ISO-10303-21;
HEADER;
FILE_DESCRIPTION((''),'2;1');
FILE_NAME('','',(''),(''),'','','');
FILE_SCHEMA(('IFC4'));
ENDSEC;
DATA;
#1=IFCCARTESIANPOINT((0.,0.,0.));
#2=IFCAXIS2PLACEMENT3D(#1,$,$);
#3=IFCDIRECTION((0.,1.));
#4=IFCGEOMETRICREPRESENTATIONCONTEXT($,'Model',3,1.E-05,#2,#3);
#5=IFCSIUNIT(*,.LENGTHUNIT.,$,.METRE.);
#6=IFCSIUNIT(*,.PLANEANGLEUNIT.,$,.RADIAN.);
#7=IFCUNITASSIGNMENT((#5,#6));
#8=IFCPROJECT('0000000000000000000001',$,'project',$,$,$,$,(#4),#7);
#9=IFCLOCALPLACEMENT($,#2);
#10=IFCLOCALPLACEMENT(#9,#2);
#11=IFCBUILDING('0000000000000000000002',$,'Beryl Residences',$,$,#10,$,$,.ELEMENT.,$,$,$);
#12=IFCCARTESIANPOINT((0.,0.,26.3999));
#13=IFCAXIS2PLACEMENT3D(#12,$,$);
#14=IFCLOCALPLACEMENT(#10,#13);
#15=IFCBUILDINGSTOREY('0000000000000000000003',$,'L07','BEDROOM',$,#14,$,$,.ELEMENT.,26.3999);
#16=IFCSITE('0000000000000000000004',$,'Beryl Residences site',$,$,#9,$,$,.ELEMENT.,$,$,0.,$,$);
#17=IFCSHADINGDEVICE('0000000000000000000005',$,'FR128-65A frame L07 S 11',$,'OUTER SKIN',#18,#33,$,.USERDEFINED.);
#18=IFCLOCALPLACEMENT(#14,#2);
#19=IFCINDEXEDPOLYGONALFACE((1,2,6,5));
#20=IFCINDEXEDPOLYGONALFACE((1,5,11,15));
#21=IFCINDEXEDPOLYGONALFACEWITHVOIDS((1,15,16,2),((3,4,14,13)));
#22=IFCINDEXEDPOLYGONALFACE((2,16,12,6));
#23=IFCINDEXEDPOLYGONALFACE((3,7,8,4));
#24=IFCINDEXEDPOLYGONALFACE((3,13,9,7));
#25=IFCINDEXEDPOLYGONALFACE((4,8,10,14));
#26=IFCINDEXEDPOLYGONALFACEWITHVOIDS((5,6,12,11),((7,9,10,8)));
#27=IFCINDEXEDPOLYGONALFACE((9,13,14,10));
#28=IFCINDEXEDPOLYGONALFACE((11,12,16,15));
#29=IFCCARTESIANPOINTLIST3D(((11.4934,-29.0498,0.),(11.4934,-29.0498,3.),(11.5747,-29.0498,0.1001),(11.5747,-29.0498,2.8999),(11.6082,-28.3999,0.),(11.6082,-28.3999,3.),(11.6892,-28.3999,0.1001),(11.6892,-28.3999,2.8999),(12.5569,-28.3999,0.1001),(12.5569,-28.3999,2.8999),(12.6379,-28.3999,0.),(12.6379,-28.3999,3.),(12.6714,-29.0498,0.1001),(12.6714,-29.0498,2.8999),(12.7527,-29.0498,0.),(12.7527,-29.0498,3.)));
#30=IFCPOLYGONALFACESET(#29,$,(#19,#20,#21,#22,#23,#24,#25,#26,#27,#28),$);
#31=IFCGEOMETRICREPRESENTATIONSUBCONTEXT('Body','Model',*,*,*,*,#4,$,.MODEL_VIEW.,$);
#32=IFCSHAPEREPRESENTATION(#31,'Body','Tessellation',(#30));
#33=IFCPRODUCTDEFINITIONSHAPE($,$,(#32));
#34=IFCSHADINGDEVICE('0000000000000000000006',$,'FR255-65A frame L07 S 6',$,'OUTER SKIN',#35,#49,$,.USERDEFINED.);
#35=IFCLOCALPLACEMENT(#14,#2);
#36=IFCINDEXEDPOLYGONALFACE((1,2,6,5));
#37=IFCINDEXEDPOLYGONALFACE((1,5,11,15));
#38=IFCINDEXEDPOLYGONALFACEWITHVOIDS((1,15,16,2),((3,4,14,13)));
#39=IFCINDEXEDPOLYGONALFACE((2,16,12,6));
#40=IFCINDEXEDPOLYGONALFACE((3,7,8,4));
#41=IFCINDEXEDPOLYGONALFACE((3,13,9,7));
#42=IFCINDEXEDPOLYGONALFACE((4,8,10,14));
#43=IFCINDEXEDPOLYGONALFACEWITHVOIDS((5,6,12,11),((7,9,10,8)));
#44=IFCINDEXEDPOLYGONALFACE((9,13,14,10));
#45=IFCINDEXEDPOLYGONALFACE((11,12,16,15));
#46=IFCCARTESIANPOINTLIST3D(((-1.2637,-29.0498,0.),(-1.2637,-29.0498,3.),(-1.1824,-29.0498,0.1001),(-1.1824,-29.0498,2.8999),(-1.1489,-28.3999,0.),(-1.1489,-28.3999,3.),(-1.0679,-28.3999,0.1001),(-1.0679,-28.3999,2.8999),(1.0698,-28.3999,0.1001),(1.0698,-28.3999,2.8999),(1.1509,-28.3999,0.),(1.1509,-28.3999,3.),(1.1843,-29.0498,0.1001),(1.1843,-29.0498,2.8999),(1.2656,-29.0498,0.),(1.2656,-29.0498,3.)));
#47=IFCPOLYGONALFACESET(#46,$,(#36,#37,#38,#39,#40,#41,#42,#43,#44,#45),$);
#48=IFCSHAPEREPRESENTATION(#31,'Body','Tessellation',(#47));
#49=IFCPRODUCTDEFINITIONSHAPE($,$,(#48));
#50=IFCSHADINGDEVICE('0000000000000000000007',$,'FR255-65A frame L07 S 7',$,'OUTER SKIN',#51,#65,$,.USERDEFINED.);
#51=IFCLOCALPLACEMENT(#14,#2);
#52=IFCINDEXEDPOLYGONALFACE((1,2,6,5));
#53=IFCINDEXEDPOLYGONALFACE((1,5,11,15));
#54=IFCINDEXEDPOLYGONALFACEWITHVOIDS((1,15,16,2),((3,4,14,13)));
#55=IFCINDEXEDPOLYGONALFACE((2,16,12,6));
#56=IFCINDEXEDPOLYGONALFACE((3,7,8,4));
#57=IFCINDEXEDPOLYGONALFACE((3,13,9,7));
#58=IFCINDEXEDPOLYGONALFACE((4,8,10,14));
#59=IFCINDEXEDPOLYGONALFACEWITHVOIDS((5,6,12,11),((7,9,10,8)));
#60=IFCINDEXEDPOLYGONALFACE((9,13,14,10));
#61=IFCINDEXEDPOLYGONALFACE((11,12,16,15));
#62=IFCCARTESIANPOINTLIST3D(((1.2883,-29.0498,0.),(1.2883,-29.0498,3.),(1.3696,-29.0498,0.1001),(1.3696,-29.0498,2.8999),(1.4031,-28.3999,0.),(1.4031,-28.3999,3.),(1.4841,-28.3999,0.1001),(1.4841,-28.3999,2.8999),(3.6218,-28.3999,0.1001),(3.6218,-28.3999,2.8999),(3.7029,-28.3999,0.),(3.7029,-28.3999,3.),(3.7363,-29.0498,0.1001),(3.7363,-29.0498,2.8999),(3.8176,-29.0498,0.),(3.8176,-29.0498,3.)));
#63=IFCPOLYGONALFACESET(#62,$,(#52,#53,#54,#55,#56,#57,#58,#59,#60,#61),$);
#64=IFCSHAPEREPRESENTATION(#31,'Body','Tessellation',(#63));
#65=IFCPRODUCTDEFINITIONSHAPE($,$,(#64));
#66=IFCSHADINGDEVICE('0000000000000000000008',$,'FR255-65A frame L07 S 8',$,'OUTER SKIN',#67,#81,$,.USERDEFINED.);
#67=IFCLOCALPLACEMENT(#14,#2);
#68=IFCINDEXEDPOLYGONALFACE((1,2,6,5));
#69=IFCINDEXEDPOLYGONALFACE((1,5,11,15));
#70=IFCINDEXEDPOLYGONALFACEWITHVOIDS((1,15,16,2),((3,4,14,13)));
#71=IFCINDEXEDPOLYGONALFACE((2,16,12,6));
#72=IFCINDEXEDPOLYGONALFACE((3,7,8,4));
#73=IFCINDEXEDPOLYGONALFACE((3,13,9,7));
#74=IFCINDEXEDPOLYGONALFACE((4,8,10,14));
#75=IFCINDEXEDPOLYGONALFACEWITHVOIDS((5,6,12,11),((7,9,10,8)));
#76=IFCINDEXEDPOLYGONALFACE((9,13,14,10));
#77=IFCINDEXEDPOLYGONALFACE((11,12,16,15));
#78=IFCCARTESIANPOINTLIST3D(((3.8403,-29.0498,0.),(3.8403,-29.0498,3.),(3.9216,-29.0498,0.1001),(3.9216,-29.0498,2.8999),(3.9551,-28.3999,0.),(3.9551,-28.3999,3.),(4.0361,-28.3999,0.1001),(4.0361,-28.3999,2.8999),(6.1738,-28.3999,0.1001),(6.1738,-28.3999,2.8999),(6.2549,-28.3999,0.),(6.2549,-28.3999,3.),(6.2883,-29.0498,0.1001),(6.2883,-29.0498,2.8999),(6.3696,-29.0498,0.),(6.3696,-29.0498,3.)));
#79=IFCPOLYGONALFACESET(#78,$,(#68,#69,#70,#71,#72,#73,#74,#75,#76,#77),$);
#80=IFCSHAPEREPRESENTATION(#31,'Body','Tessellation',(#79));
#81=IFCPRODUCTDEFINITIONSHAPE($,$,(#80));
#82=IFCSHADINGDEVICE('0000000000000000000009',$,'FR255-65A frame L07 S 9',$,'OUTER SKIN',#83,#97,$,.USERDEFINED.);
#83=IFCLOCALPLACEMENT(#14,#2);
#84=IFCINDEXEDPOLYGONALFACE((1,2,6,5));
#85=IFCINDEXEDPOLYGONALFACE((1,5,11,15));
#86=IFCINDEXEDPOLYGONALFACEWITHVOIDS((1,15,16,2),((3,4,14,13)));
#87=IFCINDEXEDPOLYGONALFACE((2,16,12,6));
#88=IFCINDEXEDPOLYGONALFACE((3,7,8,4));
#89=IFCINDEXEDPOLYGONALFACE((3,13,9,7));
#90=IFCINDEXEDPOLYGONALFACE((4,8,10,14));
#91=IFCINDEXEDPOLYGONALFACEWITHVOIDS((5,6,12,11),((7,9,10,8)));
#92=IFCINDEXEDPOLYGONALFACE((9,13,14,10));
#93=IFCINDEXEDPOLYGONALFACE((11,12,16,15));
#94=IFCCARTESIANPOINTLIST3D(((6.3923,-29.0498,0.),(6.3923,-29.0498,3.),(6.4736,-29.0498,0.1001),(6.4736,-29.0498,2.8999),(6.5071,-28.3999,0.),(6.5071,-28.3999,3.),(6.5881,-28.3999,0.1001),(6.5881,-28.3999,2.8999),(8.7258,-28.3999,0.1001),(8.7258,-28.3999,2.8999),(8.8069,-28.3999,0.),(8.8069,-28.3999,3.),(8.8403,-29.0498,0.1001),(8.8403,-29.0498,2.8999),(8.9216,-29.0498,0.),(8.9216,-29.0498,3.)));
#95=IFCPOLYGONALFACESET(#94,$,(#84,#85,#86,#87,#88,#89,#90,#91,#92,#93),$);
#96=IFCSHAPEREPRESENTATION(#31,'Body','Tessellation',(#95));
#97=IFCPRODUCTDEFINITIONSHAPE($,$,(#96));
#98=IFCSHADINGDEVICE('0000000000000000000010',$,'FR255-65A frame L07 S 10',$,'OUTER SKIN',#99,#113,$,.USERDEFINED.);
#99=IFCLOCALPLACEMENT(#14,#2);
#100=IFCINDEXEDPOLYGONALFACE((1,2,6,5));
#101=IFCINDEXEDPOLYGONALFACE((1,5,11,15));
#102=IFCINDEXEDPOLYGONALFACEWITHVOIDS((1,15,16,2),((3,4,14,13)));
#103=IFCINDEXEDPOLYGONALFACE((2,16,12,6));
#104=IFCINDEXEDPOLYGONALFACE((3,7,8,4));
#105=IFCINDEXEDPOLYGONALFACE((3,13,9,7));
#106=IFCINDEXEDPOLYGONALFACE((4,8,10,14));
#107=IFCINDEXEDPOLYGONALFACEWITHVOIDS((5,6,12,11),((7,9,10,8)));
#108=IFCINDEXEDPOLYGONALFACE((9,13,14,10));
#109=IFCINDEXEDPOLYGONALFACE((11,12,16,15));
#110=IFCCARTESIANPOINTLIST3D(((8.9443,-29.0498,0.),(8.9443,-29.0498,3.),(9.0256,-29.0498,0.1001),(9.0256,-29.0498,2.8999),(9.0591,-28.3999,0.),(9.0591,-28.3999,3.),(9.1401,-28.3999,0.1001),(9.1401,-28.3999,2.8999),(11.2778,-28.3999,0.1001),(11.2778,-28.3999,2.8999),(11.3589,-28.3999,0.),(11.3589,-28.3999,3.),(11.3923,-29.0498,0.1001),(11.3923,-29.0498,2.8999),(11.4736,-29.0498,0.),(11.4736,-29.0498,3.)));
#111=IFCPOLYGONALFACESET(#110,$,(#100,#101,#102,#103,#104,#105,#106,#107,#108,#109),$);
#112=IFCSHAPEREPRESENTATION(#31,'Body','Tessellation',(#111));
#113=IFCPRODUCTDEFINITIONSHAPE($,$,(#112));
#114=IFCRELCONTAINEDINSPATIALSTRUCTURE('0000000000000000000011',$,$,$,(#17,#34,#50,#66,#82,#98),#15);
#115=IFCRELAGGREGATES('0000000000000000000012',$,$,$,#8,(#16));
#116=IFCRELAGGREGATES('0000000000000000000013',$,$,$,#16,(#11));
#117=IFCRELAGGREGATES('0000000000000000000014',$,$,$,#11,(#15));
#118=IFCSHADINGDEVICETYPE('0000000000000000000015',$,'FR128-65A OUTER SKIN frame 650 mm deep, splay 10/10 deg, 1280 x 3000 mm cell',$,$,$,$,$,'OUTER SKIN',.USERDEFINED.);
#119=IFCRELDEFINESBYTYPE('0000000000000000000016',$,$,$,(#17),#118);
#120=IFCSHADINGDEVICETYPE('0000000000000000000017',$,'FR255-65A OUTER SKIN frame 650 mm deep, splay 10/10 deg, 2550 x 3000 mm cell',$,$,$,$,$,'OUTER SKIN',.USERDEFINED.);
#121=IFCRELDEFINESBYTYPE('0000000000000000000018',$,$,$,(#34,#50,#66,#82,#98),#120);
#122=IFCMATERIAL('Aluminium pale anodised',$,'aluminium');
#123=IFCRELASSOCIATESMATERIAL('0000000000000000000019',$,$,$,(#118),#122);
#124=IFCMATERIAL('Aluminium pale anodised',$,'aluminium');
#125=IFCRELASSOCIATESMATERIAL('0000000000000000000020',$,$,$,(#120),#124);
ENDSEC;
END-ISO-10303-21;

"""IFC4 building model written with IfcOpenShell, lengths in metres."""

from ifc_helpers import new_model, entity, si_unit, direction, frame, origin, place, context, subcontext, project, spatial, source, transform, mapped, material, type_object, type_shapes, element, save


model = new_model("IFC4")

# Units and contexts
model_context = context("Model", 3, precision=1e-05, world=origin(), true_north=direction((0.0, 1.0)))
body_context = subcontext(model_context, "Body", "Model", "MODEL_VIEW")
ifc_project = project(units=[si_unit("LENGTHUNIT", "METRE"), si_unit("PLANEANGLEUNIT", "RADIAN")], contexts=[model_context])

# Site, building, storey
site_placement = place(None, origin())
site = spatial("IfcSite", under=ifc_project, at=site_placement, Name="Beryl Residences site", CompositionType="ELEMENT", RefElevation=0.0)
building_placement = place(site_placement, origin())
building = spatial("IfcBuilding", under=site, at=building_placement, Name="Beryl Residences", CompositionType="ELEMENT")
storey_placement = place(building_placement, frame((0.0, 0.0, 26.3999)))
storey = spatial("IfcBuildingStorey", under=building, at=storey_placement, Name="L07", Description="BEDROOM", CompositionType="ELEMENT", Elevation=26.3999)

# Shading devices
ifc_material_1 = material(Name="Aluminium pale anodised", Category="aluminium")
shading_device_type_1 = type_object("IfcShadingDeviceType", Name="FR128-65A OUTER SKIN frame 650 mm deep, splay 10/10 deg, 1280 x 3000 mm cell", ElementType="OUTER SKIN", PredefinedType="USERDEFINED", material=ifc_material_1)
cartesian_point_1 = entity("IfcCartesianPoint", [-0.5149, 0.0])
cartesian_point_2 = entity("IfcCartesianPoint", [-0.4338, 0.1001])
cartesian_point_3 = entity("IfcCartesianPoint", [-0.6296, 0.0])
cartesian_point_4 = entity("IfcCartesianPoint", [-0.5483, 0.1001])
shared_shape_1 = source(origin(), body_context, "Body", "SweptSolid", [
    entity("IfcExtrudedAreaSolidTapered", entity("IfcArbitraryProfileDefWithVoids", "AREA", None, entity("IfcPolyline", [cartesian_point_1, entity("IfcCartesianPoint", [0.5149, 0.0]), entity("IfcCartesianPoint", [0.5149, 3.0]), entity("IfcCartesianPoint", [-0.5149, 3.0]), cartesian_point_1]), [entity("IfcPolyline", [cartesian_point_2, entity("IfcCartesianPoint", [0.4338, 0.1001]), entity("IfcCartesianPoint", [0.4338, 2.8999]), entity("IfcCartesianPoint", [-0.4338, 2.8999]), cartesian_point_2])]), entity("IfcAxis2Placement3D", entity("IfcCartesianPoint", [0.0, 0.0, 0.0]), entity("IfcDirection", [0.0, 1.0, 0.0]), entity("IfcDirection", [-1.0, 0.0, 0.0])), entity("IfcDirection", [0.0, 0.0, 1.0]), 0.6499, entity("IfcArbitraryProfileDefWithVoids", "AREA", None, entity("IfcPolyline", [cartesian_point_3, entity("IfcCartesianPoint", [0.6296, 0.0]), entity("IfcCartesianPoint", [0.6296, 3.0]), entity("IfcCartesianPoint", [-0.6296, 3.0]), cartesian_point_3]), [entity("IfcPolyline", [cartesian_point_4, entity("IfcCartesianPoint", [0.5483, 0.1001]), entity("IfcCartesianPoint", [0.5483, 2.8999]), entity("IfcCartesianPoint", [-0.5483, 2.8999]), cartesian_point_4])])),
])
type_shapes(shading_device_type_1, [shared_shape_1])
shading_device_placement = place(storey_placement, frame((12.123, -28.3999, 0.0), z_axis=(0.0, 0.0, 1.0), x_axis=(-1.0, 0.0, 0.0)))
element("IfcShadingDevice", 1, at=shading_device_placement, inside=storey, type_object=shading_device_type_1, Name="FR128-65A frame L07 S 11", ObjectType="OUTER SKIN", PredefinedType="USERDEFINED", context=body_context, shape_type="MappedRepresentation", body=[
    mapped(shared_shape_1, transform((0.0, 0.0, 0.0))),
])
ifc_material_2 = material(Name="Aluminium pale anodised", Category="aluminium")
shading_device_type_2 = type_object("IfcShadingDeviceType", Name="FR255-65A OUTER SKIN frame 650 mm deep, splay 10/10 deg, 2550 x 3000 mm cell", ElementType="OUTER SKIN", PredefinedType="USERDEFINED", material=ifc_material_2)
cartesian_point_5 = entity("IfcCartesianPoint", [-1.1499, 0.0])
cartesian_point_6 = entity("IfcCartesianPoint", [-1.0688, 0.1001])
cartesian_point_7 = entity("IfcCartesianPoint", [-1.2646, 0.0])
cartesian_point_8 = entity("IfcCartesianPoint", [-1.1833, 0.1001])
shared_shape_2 = source(origin(), body_context, "Body", "SweptSolid", [
    entity("IfcExtrudedAreaSolidTapered", entity("IfcArbitraryProfileDefWithVoids", "AREA", None, entity("IfcPolyline", [cartesian_point_5, entity("IfcCartesianPoint", [1.1499, 0.0]), entity("IfcCartesianPoint", [1.1499, 3.0]), entity("IfcCartesianPoint", [-1.1499, 3.0]), cartesian_point_5]), [entity("IfcPolyline", [cartesian_point_6, entity("IfcCartesianPoint", [1.0688, 0.1001]), entity("IfcCartesianPoint", [1.0688, 2.8999]), entity("IfcCartesianPoint", [-1.0688, 2.8999]), cartesian_point_6])]), entity("IfcAxis2Placement3D", entity("IfcCartesianPoint", [0.0, 0.0, 0.0]), entity("IfcDirection", [0.0, 1.0, 0.0]), entity("IfcDirection", [-1.0, 0.0, 0.0])), entity("IfcDirection", [0.0, 0.0, 1.0]), 0.6499, entity("IfcArbitraryProfileDefWithVoids", "AREA", None, entity("IfcPolyline", [cartesian_point_7, entity("IfcCartesianPoint", [1.2646, 0.0]), entity("IfcCartesianPoint", [1.2646, 3.0]), entity("IfcCartesianPoint", [-1.2646, 3.0]), cartesian_point_7]), [entity("IfcPolyline", [cartesian_point_8, entity("IfcCartesianPoint", [1.1833, 0.1001]), entity("IfcCartesianPoint", [1.1833, 2.8999]), entity("IfcCartesianPoint", [-1.1833, 2.8999]), cartesian_point_8])])),
])
type_shapes(shading_device_type_2, [shared_shape_2])
for number, where, z_axis, x_axis, name in (
    (2, (0.001, -28.3999, 0.0), (0.0, 0.0, 1.0), (-1.0, 0.0, 0.0), "FR255-65A frame L07 S 6"),
    (3, (2.553, -28.3999, 0.0), (0.0, 0.0, 1.0), (-1.0, 0.0, 0.0), "FR255-65A frame L07 S 7"),
    (4, (5.105, -28.3999, 0.0), (0.0, 0.0, 1.0), (-1.0, 0.0, 0.0), "FR255-65A frame L07 S 8"),
    (5, (7.657, -28.3999, 0.0), (0.0, 0.0, 1.0), (-1.0, 0.0, 0.0), "FR255-65A frame L07 S 9"),
    (6, (10.209, -28.3999, 0.0), (0.0, 0.0, 1.0), (-1.0, 0.0, 0.0), "FR255-65A frame L07 S 10"),
):
    element("IfcShadingDevice", number, at=place(storey_placement, frame(where, z_axis=z_axis, x_axis=x_axis)), inside=storey, type_object=shading_device_type_2, Name=name, ObjectType="OUTER SKIN", PredefinedType="USERDEFINED", context=body_context, shape_type="MappedRepresentation", body=[
        mapped(shared_shape_2, transform((0.0, 0.0, 0.0))),
    ])

save(model, "model.ifc")
